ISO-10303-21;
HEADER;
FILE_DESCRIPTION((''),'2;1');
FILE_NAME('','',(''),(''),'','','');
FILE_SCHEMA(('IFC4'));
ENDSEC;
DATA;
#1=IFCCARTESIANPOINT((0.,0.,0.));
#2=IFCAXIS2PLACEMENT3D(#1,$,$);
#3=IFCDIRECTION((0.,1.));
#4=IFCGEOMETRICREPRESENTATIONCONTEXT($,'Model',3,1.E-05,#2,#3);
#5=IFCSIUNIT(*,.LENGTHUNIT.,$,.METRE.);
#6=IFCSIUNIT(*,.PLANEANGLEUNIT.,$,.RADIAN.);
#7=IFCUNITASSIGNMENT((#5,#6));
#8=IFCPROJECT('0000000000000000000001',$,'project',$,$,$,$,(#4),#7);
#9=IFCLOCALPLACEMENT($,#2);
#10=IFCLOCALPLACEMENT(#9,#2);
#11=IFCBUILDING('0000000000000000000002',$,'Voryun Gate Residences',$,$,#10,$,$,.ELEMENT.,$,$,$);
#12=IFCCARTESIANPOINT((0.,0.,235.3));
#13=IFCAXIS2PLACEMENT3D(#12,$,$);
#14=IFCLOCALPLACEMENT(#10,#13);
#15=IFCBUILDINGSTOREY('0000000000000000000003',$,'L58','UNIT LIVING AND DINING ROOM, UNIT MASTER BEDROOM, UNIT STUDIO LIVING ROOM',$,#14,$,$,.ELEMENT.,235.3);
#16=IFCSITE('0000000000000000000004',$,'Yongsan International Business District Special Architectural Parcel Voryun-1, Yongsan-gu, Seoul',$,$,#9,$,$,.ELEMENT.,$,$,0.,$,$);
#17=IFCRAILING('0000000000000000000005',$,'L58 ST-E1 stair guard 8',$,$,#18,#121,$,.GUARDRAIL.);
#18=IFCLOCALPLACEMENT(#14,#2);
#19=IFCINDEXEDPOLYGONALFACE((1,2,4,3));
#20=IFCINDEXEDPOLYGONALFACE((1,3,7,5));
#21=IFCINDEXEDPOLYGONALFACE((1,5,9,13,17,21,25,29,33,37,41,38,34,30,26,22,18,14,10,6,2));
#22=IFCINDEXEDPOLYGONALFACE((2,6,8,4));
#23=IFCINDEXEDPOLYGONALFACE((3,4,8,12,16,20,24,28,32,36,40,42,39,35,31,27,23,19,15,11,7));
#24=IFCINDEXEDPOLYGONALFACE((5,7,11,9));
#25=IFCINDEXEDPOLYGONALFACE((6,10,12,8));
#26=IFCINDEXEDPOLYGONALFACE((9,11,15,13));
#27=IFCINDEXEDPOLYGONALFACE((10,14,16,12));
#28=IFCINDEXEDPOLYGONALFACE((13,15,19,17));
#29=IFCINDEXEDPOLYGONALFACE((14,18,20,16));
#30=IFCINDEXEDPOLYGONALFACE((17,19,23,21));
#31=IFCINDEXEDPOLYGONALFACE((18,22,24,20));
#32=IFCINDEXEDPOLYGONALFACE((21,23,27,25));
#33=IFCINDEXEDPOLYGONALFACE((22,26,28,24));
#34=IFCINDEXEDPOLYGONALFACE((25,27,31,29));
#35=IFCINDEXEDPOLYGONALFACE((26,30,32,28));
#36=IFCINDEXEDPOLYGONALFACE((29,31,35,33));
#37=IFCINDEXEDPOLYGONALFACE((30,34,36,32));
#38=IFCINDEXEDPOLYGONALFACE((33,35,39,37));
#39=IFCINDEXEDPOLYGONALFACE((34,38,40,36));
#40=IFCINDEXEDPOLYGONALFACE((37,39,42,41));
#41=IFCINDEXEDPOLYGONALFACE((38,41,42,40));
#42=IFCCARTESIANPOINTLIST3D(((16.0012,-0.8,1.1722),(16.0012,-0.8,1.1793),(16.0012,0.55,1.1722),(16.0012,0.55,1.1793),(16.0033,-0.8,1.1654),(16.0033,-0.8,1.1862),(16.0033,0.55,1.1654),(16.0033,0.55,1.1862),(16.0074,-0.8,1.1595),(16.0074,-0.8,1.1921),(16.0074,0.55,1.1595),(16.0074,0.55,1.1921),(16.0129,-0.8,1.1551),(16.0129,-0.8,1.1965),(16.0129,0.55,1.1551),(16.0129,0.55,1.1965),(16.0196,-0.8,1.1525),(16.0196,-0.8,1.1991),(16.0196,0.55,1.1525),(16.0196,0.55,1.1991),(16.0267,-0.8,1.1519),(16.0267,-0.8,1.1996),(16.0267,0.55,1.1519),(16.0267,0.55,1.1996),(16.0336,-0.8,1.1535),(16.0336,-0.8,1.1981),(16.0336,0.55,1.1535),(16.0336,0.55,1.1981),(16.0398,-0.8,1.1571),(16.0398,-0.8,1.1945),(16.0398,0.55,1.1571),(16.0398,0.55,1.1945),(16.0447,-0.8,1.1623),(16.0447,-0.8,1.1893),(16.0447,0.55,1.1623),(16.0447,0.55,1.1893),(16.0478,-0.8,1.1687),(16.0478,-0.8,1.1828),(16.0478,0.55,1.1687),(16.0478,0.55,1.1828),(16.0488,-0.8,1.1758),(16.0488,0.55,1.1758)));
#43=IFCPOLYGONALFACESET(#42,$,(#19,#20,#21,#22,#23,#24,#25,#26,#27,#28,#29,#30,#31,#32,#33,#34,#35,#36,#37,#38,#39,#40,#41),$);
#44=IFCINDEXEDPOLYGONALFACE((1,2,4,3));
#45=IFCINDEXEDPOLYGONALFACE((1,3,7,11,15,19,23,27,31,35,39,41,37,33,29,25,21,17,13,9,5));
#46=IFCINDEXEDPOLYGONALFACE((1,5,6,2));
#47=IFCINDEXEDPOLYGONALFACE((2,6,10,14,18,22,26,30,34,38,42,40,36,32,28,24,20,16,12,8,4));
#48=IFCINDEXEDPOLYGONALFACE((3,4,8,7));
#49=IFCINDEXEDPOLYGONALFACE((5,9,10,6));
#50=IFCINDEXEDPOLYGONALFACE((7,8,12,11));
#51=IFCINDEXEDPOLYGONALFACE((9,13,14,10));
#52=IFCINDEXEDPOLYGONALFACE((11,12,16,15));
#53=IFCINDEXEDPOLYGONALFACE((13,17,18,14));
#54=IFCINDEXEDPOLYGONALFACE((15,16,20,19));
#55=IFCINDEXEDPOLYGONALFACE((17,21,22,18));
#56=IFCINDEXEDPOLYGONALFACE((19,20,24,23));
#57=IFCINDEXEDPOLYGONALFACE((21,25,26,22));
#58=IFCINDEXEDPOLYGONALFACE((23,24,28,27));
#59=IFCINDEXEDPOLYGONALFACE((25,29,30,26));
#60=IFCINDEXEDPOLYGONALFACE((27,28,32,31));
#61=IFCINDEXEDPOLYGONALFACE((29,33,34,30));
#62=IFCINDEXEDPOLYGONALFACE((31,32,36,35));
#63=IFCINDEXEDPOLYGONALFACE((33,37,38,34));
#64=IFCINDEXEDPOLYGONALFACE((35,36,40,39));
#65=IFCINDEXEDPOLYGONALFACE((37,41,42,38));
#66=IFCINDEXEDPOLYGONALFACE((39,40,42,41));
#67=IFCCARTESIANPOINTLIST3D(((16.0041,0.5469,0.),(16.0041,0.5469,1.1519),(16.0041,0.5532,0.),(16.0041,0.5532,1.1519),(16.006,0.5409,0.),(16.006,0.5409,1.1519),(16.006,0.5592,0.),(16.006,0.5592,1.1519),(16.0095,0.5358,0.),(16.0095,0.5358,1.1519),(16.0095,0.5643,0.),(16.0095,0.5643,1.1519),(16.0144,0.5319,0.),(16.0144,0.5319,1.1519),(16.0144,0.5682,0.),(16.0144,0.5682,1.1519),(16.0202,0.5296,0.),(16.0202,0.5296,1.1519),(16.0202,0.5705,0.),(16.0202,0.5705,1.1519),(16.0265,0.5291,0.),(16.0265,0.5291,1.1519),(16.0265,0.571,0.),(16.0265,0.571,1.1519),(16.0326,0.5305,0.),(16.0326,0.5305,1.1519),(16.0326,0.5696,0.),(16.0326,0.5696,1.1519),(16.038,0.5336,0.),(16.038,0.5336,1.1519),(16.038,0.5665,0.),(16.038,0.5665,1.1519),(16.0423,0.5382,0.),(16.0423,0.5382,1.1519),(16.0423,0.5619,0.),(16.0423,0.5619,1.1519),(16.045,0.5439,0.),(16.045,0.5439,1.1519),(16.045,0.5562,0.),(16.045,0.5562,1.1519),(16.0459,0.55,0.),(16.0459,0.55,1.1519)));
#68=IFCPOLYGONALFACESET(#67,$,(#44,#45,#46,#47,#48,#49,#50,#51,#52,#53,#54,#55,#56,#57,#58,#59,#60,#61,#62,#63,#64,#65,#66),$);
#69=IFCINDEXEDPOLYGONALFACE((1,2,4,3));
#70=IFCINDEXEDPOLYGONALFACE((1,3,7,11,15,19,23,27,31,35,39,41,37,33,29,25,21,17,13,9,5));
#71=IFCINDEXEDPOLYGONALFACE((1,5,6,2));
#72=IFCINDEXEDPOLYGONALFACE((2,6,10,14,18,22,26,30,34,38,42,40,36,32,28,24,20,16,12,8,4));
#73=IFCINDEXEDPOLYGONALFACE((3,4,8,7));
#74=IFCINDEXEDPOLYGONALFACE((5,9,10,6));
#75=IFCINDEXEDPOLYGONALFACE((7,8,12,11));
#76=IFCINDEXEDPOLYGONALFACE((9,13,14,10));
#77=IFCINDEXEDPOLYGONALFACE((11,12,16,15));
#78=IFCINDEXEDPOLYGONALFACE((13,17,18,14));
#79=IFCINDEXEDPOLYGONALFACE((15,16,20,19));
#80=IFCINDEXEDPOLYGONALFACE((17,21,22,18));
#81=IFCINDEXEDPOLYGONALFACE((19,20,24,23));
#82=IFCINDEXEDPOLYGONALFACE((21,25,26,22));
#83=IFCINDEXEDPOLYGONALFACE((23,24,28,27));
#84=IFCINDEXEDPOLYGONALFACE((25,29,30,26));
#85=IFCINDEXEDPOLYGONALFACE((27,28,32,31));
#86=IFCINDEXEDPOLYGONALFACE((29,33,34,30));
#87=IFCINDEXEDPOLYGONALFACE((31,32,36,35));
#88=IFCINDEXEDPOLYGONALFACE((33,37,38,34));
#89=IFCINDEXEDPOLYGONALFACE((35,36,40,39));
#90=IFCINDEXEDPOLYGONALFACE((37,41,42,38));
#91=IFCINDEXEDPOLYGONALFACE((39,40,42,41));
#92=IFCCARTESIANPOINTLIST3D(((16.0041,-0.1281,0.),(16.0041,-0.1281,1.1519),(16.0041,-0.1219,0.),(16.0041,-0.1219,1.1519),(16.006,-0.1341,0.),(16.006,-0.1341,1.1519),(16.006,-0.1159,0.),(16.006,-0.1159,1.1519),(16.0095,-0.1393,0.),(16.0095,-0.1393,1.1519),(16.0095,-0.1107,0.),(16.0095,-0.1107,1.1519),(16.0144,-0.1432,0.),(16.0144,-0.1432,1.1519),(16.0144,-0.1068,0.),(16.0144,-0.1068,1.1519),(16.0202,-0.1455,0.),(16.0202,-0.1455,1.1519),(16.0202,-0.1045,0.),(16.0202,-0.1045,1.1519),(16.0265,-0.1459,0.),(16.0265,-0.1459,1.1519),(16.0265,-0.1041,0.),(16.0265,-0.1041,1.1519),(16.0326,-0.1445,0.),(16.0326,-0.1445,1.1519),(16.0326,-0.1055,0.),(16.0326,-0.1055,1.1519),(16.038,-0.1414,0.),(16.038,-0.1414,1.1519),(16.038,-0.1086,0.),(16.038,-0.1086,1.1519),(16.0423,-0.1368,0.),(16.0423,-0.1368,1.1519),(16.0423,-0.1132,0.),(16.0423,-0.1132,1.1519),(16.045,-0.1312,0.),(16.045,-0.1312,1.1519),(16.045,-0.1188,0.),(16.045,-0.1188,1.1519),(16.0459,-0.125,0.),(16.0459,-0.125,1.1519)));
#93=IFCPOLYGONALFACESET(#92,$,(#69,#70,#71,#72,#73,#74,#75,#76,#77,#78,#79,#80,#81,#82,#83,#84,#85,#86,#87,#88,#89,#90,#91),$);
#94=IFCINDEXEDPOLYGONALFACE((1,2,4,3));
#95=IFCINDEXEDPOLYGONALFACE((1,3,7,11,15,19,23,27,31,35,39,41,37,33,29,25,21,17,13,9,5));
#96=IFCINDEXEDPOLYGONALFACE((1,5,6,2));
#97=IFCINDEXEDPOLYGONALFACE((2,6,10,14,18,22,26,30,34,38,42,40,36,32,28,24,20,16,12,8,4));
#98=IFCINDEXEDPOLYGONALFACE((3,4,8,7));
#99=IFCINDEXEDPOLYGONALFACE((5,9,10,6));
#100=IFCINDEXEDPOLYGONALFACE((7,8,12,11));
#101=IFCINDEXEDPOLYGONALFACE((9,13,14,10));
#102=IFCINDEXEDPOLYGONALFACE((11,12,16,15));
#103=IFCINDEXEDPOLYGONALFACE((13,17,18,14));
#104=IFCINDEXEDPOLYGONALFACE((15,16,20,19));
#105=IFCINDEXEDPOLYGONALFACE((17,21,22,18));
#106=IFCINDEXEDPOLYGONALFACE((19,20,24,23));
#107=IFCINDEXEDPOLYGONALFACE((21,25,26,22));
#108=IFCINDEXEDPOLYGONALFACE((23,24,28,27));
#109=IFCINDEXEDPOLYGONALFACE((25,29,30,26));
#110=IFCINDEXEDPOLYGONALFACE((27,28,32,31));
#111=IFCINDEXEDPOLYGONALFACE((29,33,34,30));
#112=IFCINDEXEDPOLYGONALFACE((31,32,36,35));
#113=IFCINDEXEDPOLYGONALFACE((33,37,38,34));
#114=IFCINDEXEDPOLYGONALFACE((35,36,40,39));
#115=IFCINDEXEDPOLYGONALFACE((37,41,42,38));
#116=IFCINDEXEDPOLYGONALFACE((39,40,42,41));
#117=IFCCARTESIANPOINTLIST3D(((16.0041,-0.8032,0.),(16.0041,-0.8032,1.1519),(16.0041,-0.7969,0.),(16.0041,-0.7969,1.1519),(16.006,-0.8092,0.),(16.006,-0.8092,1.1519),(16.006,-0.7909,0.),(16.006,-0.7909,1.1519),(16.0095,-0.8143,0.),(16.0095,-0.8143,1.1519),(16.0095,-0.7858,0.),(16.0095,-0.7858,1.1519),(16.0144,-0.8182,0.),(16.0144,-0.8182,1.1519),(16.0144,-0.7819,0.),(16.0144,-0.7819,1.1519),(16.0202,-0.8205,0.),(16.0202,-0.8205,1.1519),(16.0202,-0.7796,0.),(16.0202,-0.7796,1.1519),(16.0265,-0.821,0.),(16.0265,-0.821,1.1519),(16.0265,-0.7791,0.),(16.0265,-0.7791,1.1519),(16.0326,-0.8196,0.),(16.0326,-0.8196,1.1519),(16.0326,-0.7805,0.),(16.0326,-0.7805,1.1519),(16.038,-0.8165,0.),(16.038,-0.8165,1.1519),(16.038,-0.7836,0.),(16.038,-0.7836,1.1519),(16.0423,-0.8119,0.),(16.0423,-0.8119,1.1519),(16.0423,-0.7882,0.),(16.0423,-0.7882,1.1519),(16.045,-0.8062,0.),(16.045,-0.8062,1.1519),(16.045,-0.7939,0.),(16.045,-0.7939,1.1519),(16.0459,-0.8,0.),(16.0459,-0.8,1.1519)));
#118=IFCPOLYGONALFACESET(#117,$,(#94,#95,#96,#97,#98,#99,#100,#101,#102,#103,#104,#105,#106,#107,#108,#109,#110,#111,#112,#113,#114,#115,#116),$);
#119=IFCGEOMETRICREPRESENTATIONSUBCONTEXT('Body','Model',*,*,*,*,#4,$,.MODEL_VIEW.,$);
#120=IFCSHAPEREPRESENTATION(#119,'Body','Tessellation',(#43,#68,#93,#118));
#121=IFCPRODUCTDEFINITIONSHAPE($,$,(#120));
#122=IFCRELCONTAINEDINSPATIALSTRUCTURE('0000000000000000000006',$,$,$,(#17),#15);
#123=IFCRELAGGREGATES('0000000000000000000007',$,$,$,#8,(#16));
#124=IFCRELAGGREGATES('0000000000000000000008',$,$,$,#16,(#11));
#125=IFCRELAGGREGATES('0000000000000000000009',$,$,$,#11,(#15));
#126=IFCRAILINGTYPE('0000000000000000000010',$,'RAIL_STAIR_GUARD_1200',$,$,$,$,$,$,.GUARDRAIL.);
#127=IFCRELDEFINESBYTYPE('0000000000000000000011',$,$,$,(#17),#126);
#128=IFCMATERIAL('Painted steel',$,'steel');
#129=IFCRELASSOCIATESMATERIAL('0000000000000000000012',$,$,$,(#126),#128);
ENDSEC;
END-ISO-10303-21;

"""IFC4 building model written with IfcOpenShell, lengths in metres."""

from ifc_helpers import new_model, si_unit, direction, frame, origin, origin_2d, place, context, subcontext, project, spatial, circle, extrude, material, type_object, element, save


model = new_model("IFC4")

# Units and contexts
model_context = context("Model", 3, precision=1e-05, world=origin(), true_north=direction((0.0, 1.0)))
body_context = subcontext(model_context, "Body", "Model", "MODEL_VIEW")
ifc_project = project(units=[si_unit("LENGTHUNIT", "METRE"), si_unit("PLANEANGLEUNIT", "RADIAN")], contexts=[model_context])

# Site, building, storey
site_placement = place(None, origin())
site = spatial("IfcSite", under=ifc_project, at=site_placement, Name="Yongsan International Business District Special Architectural Parcel Voryun-1, Yongsan-gu, Seoul", CompositionType="ELEMENT", RefElevation=0.0)
building_placement = place(site_placement, origin())
building = spatial("IfcBuilding", under=site, at=building_placement, Name="Voryun Gate Residences", CompositionType="ELEMENT")
storey_placement = place(building_placement, frame((0.0, 0.0, 235.3)))
storey = spatial("IfcBuildingStorey", under=building, at=storey_placement, Name="L58", Description="UNIT LIVING AND DINING ROOM, UNIT MASTER BEDROOM, UNIT STUDIO LIVING ROOM", CompositionType="ELEMENT", Elevation=235.3)

# Railing
ifc_material_1 = material(Name="Painted steel", Category="steel")
railing_type = type_object("IfcRailingType", Name="RAIL_STAIR_GUARD_1200", PredefinedType="GUARDRAIL", material=ifc_material_1)
railing_placement = place(storey_placement, frame((16.0249, 0.55, 0.0)))
element("IfcRailing", 1, at=railing_placement, inside=storey, type_object=railing_type, Name="L58 ST-E1 stair guard 8", PredefinedType="GUARDRAIL", context=body_context, shape_type="SweptSolid", body=[
    extrude(circle(Radius=0.0239, at=origin_2d()), frame((0.0, 0.0, 1.1758), z_axis=(0.0, -1.0, 0.0), x_axis=(1.0, 0.0, 0.0)), (0.0, 0.0, 1.0), 1.3501),
    extrude(circle(Radius=0.021, at=origin_2d()), origin(), (0.0, 0.0, 1.0), 1.1519),
    extrude(circle(Radius=0.021, at=origin_2d()), frame((0.0, -0.675, 0.0)), (0.0, 0.0, 1.0), 1.1519),
    extrude(circle(Radius=0.021, at=origin_2d()), frame((0.0, -1.3501, 0.0)), (0.0, 0.0, 1.0), 1.1519),
])

save(model, "model.ifc")
